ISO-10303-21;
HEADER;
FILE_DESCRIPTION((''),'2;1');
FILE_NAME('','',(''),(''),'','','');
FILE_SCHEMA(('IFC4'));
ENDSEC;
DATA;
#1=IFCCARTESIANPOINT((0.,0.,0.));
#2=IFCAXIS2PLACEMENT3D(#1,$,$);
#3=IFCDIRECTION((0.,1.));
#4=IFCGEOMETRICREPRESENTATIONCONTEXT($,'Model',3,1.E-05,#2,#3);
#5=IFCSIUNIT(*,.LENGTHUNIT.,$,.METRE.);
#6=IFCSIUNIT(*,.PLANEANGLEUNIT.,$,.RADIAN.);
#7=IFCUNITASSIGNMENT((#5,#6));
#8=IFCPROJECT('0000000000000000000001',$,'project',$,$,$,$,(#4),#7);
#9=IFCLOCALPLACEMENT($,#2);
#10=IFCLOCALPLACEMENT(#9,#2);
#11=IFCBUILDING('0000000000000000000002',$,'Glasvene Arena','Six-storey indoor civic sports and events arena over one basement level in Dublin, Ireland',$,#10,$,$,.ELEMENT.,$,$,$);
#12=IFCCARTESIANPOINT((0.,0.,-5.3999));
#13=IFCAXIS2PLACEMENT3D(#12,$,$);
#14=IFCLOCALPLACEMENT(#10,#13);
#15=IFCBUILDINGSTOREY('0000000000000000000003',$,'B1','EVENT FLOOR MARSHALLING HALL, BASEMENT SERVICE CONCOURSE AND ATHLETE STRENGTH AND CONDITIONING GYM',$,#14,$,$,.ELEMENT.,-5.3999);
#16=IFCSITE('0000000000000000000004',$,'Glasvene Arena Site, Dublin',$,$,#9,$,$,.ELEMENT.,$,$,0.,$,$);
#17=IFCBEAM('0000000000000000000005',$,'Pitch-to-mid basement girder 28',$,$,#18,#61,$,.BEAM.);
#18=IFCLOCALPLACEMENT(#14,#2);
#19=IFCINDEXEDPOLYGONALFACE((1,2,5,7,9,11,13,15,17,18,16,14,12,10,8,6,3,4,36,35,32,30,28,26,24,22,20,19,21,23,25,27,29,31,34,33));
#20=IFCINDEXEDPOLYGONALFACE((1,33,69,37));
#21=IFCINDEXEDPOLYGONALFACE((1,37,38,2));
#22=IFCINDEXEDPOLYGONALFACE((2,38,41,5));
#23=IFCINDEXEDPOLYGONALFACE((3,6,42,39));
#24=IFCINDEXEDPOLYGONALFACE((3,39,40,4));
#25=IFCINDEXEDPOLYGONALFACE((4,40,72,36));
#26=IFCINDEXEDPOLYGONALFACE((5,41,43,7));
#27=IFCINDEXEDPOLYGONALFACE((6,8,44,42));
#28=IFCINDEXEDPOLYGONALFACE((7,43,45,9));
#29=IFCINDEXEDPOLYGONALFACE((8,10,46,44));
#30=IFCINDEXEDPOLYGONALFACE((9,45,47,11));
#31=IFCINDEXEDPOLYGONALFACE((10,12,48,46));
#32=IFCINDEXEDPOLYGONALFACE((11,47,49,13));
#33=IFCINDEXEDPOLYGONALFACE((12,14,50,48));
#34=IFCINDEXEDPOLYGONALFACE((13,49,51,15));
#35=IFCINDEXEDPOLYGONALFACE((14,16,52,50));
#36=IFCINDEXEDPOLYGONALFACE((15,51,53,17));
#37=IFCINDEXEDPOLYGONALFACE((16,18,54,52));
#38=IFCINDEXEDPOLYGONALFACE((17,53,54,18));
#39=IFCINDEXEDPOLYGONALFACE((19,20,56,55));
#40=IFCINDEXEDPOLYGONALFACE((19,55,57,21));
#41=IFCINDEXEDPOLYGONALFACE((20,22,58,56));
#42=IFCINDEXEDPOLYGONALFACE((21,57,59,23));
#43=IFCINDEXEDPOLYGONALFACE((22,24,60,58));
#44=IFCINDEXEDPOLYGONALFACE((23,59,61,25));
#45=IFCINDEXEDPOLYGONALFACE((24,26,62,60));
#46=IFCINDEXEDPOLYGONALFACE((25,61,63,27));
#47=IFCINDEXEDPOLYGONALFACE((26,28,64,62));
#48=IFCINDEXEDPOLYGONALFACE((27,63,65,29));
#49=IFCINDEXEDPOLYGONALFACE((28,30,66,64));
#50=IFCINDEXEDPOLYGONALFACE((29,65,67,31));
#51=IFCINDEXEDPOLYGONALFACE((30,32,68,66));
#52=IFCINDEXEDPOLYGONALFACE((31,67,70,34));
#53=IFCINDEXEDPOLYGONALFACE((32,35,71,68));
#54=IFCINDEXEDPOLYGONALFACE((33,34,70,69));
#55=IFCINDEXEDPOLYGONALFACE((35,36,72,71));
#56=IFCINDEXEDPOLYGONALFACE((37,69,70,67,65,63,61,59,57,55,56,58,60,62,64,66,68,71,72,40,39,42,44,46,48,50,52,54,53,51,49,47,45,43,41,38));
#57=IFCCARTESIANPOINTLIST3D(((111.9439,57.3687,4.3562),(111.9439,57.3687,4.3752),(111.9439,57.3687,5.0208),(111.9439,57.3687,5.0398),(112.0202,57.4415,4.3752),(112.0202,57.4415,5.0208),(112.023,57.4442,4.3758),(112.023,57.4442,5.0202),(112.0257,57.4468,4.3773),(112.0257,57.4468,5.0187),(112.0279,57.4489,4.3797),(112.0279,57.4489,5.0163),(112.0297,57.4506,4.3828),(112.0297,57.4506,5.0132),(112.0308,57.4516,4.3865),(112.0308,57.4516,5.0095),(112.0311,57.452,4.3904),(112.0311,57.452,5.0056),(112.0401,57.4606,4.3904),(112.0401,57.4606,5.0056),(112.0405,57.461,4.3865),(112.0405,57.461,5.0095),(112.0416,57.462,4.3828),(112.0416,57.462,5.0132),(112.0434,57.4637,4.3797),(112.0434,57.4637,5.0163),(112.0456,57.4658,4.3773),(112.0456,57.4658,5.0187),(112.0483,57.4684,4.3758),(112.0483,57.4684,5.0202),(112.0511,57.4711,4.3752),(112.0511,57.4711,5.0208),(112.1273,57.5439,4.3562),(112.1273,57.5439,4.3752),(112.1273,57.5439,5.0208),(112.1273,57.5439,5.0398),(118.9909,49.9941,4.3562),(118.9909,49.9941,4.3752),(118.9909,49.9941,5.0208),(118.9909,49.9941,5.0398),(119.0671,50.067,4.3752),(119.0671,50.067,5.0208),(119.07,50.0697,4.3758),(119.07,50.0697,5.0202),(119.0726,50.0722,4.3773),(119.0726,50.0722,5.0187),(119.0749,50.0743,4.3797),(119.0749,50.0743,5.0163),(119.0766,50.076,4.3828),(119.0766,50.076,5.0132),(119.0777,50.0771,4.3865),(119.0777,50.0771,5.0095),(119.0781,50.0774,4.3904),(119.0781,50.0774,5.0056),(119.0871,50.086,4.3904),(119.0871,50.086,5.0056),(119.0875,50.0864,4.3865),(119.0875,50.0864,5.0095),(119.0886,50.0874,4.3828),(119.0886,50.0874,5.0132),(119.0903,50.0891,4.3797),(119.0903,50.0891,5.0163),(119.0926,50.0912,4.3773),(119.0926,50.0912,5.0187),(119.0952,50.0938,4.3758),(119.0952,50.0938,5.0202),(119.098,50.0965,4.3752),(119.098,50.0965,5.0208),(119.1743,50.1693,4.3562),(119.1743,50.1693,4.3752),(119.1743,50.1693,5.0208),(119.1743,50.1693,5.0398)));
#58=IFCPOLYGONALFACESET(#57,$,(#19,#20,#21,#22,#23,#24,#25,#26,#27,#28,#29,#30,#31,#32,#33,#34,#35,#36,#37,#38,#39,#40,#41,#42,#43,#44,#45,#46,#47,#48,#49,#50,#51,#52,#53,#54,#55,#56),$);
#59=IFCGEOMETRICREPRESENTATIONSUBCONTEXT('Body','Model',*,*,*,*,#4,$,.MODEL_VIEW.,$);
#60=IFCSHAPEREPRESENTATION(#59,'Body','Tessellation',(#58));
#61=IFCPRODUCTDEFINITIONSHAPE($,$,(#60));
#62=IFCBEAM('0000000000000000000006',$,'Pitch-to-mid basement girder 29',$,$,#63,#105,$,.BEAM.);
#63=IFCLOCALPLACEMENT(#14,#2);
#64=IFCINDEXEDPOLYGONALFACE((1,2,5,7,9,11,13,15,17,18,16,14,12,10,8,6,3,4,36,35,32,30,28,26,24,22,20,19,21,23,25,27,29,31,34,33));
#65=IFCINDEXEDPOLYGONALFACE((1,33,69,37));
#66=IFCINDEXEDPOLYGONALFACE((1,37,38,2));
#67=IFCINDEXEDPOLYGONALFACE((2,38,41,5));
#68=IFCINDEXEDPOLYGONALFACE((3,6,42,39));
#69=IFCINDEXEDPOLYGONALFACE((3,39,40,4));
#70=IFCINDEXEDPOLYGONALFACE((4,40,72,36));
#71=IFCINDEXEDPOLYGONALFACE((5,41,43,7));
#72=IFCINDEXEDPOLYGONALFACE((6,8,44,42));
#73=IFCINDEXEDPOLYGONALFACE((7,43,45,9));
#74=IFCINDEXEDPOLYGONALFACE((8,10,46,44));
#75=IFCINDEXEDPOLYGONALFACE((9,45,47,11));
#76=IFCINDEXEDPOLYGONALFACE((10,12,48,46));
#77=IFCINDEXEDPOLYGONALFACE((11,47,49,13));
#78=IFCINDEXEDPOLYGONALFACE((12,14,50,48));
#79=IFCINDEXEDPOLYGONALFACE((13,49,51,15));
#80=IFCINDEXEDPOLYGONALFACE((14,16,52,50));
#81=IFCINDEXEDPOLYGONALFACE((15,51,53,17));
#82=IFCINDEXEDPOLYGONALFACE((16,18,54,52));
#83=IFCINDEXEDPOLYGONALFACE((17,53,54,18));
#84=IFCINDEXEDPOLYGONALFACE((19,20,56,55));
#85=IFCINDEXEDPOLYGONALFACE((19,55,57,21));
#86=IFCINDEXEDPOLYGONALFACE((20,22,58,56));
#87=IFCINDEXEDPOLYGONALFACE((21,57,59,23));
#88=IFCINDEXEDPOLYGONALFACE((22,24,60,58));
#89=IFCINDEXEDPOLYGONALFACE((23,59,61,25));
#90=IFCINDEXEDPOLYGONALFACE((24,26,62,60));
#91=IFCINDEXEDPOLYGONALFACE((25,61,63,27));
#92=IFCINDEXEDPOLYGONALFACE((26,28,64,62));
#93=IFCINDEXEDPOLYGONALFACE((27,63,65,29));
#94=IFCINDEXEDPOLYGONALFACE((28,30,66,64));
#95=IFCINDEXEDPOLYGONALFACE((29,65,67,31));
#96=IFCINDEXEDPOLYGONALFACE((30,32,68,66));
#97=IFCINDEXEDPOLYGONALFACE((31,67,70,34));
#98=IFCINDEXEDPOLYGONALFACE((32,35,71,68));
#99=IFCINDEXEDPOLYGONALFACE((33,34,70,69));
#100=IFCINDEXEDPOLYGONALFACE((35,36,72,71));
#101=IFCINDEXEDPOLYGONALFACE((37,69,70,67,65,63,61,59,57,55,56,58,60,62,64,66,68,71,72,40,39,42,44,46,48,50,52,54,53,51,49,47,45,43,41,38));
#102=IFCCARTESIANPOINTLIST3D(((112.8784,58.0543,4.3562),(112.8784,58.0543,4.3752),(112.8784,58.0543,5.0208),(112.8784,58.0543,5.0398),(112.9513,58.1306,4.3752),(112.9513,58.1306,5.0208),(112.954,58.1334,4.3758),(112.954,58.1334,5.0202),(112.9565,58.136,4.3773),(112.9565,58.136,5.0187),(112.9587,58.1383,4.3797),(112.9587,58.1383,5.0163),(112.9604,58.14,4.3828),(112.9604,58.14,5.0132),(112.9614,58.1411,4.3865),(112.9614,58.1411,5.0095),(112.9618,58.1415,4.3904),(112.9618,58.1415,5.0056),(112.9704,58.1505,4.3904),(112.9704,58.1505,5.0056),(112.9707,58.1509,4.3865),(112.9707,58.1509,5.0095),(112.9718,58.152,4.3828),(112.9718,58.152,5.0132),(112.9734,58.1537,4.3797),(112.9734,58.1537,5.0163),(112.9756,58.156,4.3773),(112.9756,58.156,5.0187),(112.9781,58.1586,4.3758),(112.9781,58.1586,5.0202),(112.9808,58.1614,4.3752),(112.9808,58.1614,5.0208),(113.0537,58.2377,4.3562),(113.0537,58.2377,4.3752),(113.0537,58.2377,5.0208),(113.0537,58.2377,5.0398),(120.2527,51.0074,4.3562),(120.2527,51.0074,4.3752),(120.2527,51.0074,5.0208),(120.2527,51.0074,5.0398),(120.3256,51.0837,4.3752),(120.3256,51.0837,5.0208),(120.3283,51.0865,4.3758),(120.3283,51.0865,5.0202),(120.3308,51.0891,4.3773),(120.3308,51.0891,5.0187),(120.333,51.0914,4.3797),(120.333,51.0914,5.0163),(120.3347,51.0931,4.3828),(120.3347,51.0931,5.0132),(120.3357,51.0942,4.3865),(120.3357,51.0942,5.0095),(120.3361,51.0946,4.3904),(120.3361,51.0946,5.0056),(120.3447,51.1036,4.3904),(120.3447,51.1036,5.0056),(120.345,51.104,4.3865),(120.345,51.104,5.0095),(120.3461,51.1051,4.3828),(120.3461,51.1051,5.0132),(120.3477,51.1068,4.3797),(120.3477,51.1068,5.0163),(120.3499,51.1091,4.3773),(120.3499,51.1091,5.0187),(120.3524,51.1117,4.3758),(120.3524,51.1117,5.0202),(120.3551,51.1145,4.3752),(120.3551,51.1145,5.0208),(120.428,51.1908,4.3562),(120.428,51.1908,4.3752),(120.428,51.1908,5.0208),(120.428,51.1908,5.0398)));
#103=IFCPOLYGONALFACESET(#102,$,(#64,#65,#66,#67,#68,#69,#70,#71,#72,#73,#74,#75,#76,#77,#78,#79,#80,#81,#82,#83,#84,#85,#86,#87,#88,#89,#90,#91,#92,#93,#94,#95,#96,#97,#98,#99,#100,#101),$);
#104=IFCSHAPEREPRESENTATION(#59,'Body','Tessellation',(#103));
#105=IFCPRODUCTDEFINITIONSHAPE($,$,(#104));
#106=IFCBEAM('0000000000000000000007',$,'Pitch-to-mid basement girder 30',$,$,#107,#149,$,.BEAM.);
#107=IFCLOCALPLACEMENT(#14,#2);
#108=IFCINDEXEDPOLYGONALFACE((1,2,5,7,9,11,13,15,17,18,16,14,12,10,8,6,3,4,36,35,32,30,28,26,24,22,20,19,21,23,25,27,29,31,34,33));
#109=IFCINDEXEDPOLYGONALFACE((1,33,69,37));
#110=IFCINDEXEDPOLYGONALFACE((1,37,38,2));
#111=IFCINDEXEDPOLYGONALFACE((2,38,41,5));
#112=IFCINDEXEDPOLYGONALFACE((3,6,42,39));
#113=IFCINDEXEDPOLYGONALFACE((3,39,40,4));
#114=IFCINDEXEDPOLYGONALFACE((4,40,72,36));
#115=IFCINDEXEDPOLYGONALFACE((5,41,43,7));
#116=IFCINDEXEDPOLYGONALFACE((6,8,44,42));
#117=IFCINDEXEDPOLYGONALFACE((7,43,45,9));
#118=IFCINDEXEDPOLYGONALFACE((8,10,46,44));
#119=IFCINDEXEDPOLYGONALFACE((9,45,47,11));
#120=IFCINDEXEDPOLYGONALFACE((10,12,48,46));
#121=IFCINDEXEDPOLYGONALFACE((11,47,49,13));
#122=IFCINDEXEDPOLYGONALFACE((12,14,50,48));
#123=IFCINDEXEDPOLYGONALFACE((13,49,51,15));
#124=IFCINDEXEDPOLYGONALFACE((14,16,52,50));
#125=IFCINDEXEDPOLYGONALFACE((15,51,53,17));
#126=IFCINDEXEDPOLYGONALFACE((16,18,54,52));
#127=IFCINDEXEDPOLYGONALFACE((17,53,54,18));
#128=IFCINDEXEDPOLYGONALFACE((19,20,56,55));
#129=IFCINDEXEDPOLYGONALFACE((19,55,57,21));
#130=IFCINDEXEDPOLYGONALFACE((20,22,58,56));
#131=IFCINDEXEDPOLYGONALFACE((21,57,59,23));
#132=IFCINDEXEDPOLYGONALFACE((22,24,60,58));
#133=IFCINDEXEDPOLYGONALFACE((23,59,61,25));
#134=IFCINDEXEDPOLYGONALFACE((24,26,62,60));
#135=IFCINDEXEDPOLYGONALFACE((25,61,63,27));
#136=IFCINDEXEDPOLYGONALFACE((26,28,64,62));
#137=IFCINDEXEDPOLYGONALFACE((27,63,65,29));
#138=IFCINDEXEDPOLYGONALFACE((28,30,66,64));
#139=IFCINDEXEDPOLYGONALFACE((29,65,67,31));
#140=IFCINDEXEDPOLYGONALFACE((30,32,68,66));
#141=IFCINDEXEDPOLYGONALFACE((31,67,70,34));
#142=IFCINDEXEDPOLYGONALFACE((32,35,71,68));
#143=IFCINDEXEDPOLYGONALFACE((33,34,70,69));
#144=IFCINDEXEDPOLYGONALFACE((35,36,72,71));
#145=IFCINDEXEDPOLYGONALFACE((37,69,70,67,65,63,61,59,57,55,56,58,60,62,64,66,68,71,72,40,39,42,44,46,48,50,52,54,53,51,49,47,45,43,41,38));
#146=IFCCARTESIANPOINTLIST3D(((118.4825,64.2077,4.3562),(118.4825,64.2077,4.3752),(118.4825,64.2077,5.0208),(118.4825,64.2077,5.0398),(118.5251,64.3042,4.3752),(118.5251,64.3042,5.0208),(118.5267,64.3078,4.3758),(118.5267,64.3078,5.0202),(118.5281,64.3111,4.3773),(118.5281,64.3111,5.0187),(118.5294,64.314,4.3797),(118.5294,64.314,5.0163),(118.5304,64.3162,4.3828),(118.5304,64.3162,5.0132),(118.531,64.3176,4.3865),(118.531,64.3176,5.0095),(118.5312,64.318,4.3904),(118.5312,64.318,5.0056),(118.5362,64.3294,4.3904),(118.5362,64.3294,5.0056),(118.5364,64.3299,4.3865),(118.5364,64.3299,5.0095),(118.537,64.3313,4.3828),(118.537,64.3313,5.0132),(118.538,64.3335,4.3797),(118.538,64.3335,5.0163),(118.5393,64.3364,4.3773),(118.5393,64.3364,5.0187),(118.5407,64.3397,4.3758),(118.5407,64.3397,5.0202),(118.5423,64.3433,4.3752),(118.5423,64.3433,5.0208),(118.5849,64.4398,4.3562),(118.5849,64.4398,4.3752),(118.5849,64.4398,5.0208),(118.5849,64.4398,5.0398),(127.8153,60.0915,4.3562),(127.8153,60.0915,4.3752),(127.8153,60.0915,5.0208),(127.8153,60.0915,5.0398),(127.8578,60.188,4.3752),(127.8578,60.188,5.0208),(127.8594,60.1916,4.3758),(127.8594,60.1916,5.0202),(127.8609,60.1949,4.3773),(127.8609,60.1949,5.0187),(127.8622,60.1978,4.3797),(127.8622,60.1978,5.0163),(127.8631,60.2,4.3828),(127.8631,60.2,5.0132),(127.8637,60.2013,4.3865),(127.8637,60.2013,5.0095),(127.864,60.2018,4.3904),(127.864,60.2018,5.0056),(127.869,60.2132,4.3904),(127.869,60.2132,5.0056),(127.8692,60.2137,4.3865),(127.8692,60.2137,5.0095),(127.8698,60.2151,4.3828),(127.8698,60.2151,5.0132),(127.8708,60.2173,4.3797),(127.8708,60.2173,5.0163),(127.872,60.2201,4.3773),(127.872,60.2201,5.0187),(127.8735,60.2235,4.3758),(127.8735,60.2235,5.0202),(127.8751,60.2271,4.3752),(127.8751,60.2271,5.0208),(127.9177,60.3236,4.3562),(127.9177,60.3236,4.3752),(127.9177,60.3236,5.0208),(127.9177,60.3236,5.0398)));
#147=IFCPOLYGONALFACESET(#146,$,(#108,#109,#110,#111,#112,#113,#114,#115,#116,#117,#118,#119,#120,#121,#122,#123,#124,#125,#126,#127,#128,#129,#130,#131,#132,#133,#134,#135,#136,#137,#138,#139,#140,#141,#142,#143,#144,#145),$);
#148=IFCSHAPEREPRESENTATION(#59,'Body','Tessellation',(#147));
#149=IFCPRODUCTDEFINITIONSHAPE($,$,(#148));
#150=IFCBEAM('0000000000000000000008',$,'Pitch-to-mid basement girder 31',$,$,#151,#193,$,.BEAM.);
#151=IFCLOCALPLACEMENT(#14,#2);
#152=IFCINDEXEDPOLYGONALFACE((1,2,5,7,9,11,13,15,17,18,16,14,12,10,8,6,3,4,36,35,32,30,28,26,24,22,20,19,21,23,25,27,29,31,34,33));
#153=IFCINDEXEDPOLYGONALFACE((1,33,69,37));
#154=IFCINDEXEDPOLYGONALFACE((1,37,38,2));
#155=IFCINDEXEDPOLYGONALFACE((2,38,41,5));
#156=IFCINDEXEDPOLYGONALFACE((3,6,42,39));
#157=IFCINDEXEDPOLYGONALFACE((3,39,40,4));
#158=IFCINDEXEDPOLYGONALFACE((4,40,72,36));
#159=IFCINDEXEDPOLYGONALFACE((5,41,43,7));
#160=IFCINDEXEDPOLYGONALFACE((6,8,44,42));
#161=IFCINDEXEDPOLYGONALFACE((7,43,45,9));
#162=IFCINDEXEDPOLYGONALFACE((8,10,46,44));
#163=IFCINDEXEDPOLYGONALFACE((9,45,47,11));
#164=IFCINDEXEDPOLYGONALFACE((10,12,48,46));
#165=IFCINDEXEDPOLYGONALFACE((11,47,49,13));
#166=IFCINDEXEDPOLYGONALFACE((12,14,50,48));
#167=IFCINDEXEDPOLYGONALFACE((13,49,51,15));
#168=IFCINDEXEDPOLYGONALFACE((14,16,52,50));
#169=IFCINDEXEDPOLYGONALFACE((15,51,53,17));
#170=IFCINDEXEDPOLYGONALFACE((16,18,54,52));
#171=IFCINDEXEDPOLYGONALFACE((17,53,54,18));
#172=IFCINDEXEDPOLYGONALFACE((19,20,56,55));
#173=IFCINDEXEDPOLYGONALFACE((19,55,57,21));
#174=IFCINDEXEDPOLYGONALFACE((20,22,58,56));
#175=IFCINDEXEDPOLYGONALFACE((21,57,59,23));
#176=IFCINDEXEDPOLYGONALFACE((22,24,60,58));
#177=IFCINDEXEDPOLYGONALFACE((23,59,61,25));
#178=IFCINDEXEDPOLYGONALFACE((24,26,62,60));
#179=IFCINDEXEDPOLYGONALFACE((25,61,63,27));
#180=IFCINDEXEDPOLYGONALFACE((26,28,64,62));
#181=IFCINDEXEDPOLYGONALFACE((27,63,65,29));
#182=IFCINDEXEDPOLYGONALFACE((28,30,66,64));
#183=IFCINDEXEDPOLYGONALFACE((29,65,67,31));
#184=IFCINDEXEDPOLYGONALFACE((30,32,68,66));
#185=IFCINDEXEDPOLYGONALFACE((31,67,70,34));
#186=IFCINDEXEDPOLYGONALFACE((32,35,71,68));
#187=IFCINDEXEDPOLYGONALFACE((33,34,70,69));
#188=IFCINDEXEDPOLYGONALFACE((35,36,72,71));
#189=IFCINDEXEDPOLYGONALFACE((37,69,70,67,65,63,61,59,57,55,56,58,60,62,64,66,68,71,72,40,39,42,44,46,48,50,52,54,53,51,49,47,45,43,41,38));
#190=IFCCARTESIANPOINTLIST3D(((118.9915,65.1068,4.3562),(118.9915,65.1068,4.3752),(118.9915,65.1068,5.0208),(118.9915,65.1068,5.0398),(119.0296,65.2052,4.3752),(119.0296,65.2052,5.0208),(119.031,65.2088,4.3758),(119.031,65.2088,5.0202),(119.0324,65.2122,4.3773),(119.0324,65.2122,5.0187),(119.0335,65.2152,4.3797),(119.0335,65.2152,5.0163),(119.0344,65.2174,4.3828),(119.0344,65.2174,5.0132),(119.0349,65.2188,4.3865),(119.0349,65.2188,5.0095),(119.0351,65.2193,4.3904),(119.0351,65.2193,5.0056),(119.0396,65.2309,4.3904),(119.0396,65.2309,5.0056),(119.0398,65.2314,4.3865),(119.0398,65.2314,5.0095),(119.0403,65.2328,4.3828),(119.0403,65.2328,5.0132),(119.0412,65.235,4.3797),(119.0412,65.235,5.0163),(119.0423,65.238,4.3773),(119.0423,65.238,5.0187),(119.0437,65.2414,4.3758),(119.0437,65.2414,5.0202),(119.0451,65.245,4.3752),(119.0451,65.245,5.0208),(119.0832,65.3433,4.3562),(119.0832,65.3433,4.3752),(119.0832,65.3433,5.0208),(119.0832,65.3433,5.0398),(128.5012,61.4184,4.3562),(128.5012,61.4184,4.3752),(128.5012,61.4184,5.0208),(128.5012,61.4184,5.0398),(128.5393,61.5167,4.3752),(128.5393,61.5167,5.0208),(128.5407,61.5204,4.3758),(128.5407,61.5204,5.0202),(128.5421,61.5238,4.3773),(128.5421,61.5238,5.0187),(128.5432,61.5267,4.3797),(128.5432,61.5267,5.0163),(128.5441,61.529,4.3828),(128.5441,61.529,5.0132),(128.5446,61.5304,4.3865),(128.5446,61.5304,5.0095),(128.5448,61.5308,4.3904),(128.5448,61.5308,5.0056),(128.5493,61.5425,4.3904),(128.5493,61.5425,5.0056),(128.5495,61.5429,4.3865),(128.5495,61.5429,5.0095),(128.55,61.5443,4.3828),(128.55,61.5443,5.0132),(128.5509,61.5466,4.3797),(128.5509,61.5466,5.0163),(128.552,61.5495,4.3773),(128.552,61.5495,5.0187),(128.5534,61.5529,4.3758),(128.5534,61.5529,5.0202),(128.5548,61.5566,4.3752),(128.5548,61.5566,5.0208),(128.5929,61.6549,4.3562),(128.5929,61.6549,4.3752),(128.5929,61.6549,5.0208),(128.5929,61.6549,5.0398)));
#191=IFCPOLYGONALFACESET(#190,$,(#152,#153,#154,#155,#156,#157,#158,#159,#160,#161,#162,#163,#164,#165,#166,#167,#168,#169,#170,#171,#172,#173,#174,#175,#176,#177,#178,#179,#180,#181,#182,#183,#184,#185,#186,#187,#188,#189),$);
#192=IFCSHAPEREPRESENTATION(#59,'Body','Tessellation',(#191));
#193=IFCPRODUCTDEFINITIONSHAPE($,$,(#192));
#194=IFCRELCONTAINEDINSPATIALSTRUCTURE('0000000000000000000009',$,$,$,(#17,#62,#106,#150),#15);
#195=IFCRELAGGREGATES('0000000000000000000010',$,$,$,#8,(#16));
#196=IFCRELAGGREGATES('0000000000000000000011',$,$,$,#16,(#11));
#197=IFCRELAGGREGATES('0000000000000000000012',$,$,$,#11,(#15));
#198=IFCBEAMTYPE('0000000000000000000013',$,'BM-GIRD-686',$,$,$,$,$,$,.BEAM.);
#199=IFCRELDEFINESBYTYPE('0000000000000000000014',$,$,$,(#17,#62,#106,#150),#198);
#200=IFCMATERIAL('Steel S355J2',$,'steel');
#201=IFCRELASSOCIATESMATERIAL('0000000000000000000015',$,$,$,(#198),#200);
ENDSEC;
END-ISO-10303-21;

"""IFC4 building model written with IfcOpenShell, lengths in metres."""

from ifc_helpers import new_model, si_unit, direction, frame, origin, origin_2d, place, context, subcontext, project, spatial, i_section, extrude, material, material_profile, profile_set, type_object, element, save


model = new_model("IFC4")

# Units and contexts
model_context = context("Model", 3, precision=1e-05, world=origin(), true_north=direction((0.0, 1.0)))
body_context = subcontext(model_context, "Body", "Model", "MODEL_VIEW")
ifc_project = project(units=[si_unit("LENGTHUNIT", "METRE"), si_unit("PLANEANGLEUNIT", "RADIAN")], contexts=[model_context])

# Site, building, storey
site_placement = place(None, origin())
site = spatial("IfcSite", under=ifc_project, at=site_placement, Name="Glasvene Arena Site, Dublin", CompositionType="ELEMENT", RefElevation=0.0)
building_placement = place(site_placement, origin())
building = spatial("IfcBuilding", under=site, at=building_placement, Name="Glasvene Arena", Description="Six-storey indoor civic sports and events arena over one basement level in Dublin, Ireland", CompositionType="ELEMENT")
storey_placement = place(building_placement, frame((0.0, 0.0, -5.3999)))
storey = spatial("IfcBuildingStorey", under=building, at=storey_placement, Name="B1", Description="EVENT FLOOR MARSHALLING HALL, BASEMENT SERVICE CONCOURSE AND ATHLETE STRENGTH AND CONDITIONING GYM", CompositionType="ELEMENT", Elevation=-5.3999)

# Beams
ifc_material_1 = material(Name="Steel S355J2", Category="steel")
ifc_material_profile_1 = material_profile(ifc_material_1, i_section(OverallWidth=0.2537, OverallDepth=0.6836, WebThickness=0.0125, FlangeThickness=0.019, FilletRadius=0.0151, at=origin_2d()), Name="UKB 686x254x140")
ifc_profile_set_1 = profile_set([ifc_material_profile_1], Name="Steel S355J2")
beam_type = type_object("IfcBeamType", Name="BM-GIRD-686", PredefinedType="BEAM", material=ifc_profile_set_1)
beam_1_placement = place(storey_placement, frame((112.0356, 57.4563, 4.698), z_axis=(0.690864, -0.722985, 0.0), x_axis=(0.722985, 0.690864, 0.0)))
element("IfcBeam", 1, at=beam_1_placement, inside=storey, type_object=beam_type, Name="Pitch-to-mid basement girder 28", PredefinedType="BEAM", context=body_context, shape_type="SweptSolid", body=[
    extrude(i_section(OverallWidth=0.2537, OverallDepth=0.6836, WebThickness=0.0125, FlangeThickness=0.019, FilletRadius=0.0151, at=origin_2d()), origin(), (0.0, 0.0, 1.0), 10.2002),
])
beam_2_placement = place(storey_placement, frame((112.9661, 58.146, 4.698), z_axis=(0.722973, -0.690876, 0.0), x_axis=(0.690876, 0.722973, 0.0)))
element("IfcBeam", 2, at=beam_2_placement, inside=storey, type_object=beam_type, Name="Pitch-to-mid basement girder 29", PredefinedType="BEAM", context=body_context, shape_type="SweptSolid", body=[
    extrude(i_section(OverallWidth=0.2537, OverallDepth=0.6836, WebThickness=0.0125, FlangeThickness=0.019, FilletRadius=0.0151, at=origin_2d()), origin(), (0.0, 0.0, 1.0), 10.2),
])
beam_3_placement = place(storey_placement, frame((118.5337, 64.3237, 4.698), z_axis=(0.914961, -0.403543, 0.0), x_axis=(0.403543, 0.914961, 0.0)))
element("IfcBeam", 3, at=beam_3_placement, inside=storey, type_object=beam_type, Name="Pitch-to-mid basement girder 30", PredefinedType="BEAM", context=body_context, shape_type="SweptSolid", body=[
    extrude(i_section(OverallWidth=0.2537, OverallDepth=0.6836, WebThickness=0.0125, FlangeThickness=0.019, FilletRadius=0.0151, at=origin_2d()), origin(), (0.0, 0.0, 1.0), 10.2002),
])
beam_4_placement = place(storey_placement, frame((119.0374, 65.2251, 4.698), z_axis=(0.932328, -0.361614, 0.0), x_axis=(0.361614, 0.932328, 0.0)))
element("IfcBeam", 4, at=beam_4_placement, inside=storey, type_object=beam_type, Name="Pitch-to-mid basement girder 31", PredefinedType="BEAM", context=body_context, shape_type="SweptSolid", body=[
    extrude(i_section(OverallWidth=0.2537, OverallDepth=0.6836, WebThickness=0.0125, FlangeThickness=0.019, FilletRadius=0.0151, at=origin_2d()), origin(), (0.0, 0.0, 1.0), 10.2),
])

save(model, "model.ifc")
